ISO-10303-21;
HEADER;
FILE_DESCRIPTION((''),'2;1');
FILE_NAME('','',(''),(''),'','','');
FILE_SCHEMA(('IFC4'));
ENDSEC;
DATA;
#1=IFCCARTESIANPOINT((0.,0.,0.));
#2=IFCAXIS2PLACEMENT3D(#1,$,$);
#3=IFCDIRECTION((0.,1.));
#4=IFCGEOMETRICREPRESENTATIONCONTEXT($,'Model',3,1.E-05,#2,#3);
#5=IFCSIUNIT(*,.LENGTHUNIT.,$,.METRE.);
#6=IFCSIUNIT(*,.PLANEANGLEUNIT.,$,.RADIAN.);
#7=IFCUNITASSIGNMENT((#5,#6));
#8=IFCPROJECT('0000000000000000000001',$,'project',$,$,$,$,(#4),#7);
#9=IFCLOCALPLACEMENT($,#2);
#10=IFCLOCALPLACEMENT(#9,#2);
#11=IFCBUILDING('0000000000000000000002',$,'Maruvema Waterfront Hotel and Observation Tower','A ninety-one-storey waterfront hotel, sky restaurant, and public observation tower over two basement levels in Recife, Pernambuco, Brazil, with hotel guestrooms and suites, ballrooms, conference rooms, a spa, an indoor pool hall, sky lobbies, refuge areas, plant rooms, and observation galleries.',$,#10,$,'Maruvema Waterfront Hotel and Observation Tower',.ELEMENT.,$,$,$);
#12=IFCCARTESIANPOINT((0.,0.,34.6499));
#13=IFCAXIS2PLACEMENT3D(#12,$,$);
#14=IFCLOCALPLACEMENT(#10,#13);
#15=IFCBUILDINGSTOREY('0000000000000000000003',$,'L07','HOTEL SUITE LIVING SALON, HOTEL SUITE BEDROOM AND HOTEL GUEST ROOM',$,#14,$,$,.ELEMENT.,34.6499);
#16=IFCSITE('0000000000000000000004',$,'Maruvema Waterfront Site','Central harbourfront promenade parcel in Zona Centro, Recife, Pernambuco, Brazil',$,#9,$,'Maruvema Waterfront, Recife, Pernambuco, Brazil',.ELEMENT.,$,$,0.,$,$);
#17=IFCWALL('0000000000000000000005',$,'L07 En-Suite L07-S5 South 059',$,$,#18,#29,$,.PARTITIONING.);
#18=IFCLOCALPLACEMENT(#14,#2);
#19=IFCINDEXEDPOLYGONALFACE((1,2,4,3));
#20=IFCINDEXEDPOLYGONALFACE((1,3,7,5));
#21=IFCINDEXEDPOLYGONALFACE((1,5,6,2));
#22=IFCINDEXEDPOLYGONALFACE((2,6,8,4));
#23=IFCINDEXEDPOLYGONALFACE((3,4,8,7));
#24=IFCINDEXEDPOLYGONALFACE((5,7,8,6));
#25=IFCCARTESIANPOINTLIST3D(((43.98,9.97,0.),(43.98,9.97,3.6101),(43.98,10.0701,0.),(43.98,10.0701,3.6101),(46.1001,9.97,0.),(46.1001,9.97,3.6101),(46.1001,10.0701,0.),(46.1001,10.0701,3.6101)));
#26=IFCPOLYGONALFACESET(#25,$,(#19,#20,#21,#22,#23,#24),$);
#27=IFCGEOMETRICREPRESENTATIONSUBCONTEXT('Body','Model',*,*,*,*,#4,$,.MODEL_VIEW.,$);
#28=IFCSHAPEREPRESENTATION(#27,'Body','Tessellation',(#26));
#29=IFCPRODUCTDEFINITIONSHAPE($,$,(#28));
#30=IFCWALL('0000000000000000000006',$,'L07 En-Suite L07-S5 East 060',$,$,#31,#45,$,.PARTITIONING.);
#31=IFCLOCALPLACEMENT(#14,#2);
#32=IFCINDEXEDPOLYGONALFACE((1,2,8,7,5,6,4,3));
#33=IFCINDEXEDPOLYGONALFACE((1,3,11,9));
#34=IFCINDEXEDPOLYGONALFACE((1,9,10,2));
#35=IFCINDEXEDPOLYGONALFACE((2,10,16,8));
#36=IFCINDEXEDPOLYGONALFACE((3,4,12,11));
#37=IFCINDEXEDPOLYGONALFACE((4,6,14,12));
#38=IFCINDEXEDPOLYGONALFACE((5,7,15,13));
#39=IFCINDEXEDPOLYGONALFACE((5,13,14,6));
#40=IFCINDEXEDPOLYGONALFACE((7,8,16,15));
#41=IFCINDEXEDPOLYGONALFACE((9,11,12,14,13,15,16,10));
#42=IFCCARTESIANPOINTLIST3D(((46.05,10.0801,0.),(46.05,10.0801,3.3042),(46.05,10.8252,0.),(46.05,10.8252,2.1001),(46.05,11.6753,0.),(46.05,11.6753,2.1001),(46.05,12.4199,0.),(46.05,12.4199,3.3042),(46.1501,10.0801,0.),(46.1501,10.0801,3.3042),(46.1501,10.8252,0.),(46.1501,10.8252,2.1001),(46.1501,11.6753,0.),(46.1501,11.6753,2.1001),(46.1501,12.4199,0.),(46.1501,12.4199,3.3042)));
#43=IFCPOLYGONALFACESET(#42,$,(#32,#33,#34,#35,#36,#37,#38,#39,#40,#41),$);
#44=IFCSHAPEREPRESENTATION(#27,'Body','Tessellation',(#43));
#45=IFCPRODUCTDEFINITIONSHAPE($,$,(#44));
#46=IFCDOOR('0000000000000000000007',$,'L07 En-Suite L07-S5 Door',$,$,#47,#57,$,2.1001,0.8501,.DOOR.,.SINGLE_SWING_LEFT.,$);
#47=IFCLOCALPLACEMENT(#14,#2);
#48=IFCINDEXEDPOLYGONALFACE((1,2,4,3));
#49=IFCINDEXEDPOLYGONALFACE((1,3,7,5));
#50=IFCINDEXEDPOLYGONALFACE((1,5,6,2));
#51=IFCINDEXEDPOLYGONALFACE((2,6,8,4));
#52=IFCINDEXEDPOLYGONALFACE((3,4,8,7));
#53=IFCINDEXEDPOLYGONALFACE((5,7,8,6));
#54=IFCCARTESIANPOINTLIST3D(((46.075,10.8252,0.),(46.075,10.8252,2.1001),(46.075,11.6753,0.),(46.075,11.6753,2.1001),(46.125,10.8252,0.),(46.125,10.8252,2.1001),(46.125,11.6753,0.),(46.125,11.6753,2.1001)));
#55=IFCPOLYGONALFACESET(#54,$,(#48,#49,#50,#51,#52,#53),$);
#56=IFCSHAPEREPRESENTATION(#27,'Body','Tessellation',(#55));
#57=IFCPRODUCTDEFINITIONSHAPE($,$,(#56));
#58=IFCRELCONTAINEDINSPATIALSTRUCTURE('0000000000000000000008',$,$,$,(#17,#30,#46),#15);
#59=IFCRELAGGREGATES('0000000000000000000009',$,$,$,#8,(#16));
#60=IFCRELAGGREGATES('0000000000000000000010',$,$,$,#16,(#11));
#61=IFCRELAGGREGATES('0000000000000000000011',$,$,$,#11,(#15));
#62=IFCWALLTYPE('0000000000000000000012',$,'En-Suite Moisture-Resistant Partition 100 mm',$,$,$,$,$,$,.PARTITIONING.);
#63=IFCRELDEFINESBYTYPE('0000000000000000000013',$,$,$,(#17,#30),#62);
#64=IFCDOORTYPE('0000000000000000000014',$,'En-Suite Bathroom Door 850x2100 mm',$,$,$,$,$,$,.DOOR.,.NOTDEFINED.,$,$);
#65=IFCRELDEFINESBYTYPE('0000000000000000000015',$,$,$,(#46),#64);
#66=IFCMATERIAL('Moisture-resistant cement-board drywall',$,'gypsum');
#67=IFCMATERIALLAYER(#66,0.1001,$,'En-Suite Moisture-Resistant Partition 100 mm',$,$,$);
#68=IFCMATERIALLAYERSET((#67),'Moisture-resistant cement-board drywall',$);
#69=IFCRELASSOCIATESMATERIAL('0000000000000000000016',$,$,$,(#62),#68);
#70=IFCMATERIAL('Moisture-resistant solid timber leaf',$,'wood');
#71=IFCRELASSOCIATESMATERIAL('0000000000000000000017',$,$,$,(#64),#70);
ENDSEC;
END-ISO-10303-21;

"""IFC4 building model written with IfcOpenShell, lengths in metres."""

from ifc_helpers import new_model, si_unit, direction, frame, frame_2d, origin, place, context, subcontext, project, spatial, rectangle, extrude, material, layer, layer_set, type_object, element, fill, save


model = new_model("IFC4")

# Units and contexts
model_context = context("Model", 3, precision=1e-05, world=origin(), true_north=direction((0.0, 1.0)))
body_context = subcontext(model_context, "Body", "Model", "MODEL_VIEW")
ifc_project = project(units=[si_unit("LENGTHUNIT", "METRE"), si_unit("PLANEANGLEUNIT", "RADIAN")], contexts=[model_context])

# Site, building, storey
site_placement = place(None, origin())
site = spatial("IfcSite", under=ifc_project, at=site_placement, Name="Maruvema Waterfront Site", Description="Central harbourfront promenade parcel in Zona Centro, Recife, Pernambuco, Brazil", LongName="Maruvema Waterfront, Recife, Pernambuco, Brazil", CompositionType="ELEMENT", RefElevation=0.0)
building_placement = place(site_placement, origin())
building = spatial("IfcBuilding", under=site, at=building_placement, Name="Maruvema Waterfront Hotel and Observation Tower", Description="A ninety-one-storey waterfront hotel, sky restaurant, and public observation tower over two basement levels in Recife, Pernambuco, Brazil, with hotel guestrooms and suites, ballrooms, conference rooms, a spa, an indoor pool hall, sky lobbies, refuge areas, plant rooms, and observation galleries.", LongName="Maruvema Waterfront Hotel and Observation Tower", CompositionType="ELEMENT")
storey_placement = place(building_placement, frame((0.0, 0.0, 34.6499)))
storey = spatial("IfcBuildingStorey", under=building, at=storey_placement, Name="L07", Description="HOTEL SUITE LIVING SALON, HOTEL SUITE BEDROOM AND HOTEL GUEST ROOM", CompositionType="ELEMENT", Elevation=34.6499)

# Shared definitions
ifc_material_1 = material(Name="Moisture-resistant cement-board drywall", Category="gypsum")
ifc_layer_1 = layer(ifc_material_1, 0.1001, Name="En-Suite Moisture-Resistant Partition 100 mm")
ifc_layer_set_1 = layer_set([ifc_layer_1], Name="Moisture-resistant cement-board drywall")
wall_type_1 = type_object("IfcWallType", Name="En-Suite Moisture-Resistant Partition 100 mm", PredefinedType="PARTITIONING", material=ifc_layer_set_1)

# Shared definitions
ifc_material_2 = material(Name="Moisture-resistant solid timber leaf", Category="wood")
door_type_1 = type_object("IfcDoorType", Name="En-Suite Bathroom Door 850x2100 mm", OperationType="NOTDEFINED", PredefinedType="DOOR", material=ifc_material_2)

# Wall
wall_1_placement = place(storey_placement, frame((43.98, 10.02, 0.0), z_axis=(0.0, 0.0, 1.0), x_axis=(1.0, 0.0, 0.0)))
element("IfcWall", 1, at=wall_1_placement, inside=storey, type_object=wall_type_1, Name="L07 En-Suite L07-S5 South 059", PredefinedType="PARTITIONING", context=body_context, shape_type="SweptSolid", body=[
    extrude(rectangle(XDim=2.1201, YDim=0.1001, at=frame_2d((1.0601, 0.0))), origin(), (0.0, 0.0, 1.0), 3.6101),
])

# Wall, opening, door
wall_2_placement = place(storey_placement, frame((46.1001, 10.0801, 0.0), z_axis=(0.0, 0.0, 1.0), x_axis=(0.0, 1.0, 0.0)))
wall_2 = element("IfcWall", 2, at=wall_2_placement, inside=storey, type_object=wall_type_1, Name="L07 En-Suite L07-S5 East 060", PredefinedType="PARTITIONING", context=body_context, shape_type="SweptSolid", body=[
    extrude(rectangle(XDim=2.3398, YDim=0.1001, at=frame_2d((1.1699, 0.0))), origin(), (0.0, 0.0, 1.0), 3.3042),
])
opening_1_placement = place(wall_2_placement, frame((0.7451, 0.0, 0.0)))
opening_1 = element("IfcOpeningElement", 3, at=opening_1_placement, cuts=wall_2, PredefinedType="OPENING", context=body_context, shape_type="SweptSolid", body=[
    extrude(rectangle(XDim=0.8501, YDim=2.1001, at=frame_2d((0.425, 1.05))), frame((0.0, 0.0601, 0.0), z_axis=(0.0, -1.0, 0.0), x_axis=(1.0, 0.0, 0.0)), (0.0, 0.0, 1.0), 0.1201),
])
door_1_placement = place(opening_1_placement, frame((0.8501, 0.0, 0.0), z_axis=(0.0, 0.0, 1.0), x_axis=(-1.0, 0.0, 0.0)))
door_1 = element("IfcDoor", 4, at=door_1_placement, inside=storey, type_object=door_type_1, Name="L07 En-Suite L07-S5 Door", OperationType="SINGLE_SWING_LEFT", OverallHeight=2.1001, OverallWidth=0.8501, PredefinedType="DOOR", context=body_context, shape_type="SweptSolid", body=[
    extrude(rectangle(XDim=0.8501, YDim=2.1001, at=frame_2d((0.425, 1.05))), frame((0.0, 0.0249, 0.0), z_axis=(0.0, -1.0, 0.0), x_axis=(1.0, 0.0, 0.0)), (0.0, 0.0, 1.0), 0.05),
])
fill(opening_1, door_1)

save(model, "model.ifc")
